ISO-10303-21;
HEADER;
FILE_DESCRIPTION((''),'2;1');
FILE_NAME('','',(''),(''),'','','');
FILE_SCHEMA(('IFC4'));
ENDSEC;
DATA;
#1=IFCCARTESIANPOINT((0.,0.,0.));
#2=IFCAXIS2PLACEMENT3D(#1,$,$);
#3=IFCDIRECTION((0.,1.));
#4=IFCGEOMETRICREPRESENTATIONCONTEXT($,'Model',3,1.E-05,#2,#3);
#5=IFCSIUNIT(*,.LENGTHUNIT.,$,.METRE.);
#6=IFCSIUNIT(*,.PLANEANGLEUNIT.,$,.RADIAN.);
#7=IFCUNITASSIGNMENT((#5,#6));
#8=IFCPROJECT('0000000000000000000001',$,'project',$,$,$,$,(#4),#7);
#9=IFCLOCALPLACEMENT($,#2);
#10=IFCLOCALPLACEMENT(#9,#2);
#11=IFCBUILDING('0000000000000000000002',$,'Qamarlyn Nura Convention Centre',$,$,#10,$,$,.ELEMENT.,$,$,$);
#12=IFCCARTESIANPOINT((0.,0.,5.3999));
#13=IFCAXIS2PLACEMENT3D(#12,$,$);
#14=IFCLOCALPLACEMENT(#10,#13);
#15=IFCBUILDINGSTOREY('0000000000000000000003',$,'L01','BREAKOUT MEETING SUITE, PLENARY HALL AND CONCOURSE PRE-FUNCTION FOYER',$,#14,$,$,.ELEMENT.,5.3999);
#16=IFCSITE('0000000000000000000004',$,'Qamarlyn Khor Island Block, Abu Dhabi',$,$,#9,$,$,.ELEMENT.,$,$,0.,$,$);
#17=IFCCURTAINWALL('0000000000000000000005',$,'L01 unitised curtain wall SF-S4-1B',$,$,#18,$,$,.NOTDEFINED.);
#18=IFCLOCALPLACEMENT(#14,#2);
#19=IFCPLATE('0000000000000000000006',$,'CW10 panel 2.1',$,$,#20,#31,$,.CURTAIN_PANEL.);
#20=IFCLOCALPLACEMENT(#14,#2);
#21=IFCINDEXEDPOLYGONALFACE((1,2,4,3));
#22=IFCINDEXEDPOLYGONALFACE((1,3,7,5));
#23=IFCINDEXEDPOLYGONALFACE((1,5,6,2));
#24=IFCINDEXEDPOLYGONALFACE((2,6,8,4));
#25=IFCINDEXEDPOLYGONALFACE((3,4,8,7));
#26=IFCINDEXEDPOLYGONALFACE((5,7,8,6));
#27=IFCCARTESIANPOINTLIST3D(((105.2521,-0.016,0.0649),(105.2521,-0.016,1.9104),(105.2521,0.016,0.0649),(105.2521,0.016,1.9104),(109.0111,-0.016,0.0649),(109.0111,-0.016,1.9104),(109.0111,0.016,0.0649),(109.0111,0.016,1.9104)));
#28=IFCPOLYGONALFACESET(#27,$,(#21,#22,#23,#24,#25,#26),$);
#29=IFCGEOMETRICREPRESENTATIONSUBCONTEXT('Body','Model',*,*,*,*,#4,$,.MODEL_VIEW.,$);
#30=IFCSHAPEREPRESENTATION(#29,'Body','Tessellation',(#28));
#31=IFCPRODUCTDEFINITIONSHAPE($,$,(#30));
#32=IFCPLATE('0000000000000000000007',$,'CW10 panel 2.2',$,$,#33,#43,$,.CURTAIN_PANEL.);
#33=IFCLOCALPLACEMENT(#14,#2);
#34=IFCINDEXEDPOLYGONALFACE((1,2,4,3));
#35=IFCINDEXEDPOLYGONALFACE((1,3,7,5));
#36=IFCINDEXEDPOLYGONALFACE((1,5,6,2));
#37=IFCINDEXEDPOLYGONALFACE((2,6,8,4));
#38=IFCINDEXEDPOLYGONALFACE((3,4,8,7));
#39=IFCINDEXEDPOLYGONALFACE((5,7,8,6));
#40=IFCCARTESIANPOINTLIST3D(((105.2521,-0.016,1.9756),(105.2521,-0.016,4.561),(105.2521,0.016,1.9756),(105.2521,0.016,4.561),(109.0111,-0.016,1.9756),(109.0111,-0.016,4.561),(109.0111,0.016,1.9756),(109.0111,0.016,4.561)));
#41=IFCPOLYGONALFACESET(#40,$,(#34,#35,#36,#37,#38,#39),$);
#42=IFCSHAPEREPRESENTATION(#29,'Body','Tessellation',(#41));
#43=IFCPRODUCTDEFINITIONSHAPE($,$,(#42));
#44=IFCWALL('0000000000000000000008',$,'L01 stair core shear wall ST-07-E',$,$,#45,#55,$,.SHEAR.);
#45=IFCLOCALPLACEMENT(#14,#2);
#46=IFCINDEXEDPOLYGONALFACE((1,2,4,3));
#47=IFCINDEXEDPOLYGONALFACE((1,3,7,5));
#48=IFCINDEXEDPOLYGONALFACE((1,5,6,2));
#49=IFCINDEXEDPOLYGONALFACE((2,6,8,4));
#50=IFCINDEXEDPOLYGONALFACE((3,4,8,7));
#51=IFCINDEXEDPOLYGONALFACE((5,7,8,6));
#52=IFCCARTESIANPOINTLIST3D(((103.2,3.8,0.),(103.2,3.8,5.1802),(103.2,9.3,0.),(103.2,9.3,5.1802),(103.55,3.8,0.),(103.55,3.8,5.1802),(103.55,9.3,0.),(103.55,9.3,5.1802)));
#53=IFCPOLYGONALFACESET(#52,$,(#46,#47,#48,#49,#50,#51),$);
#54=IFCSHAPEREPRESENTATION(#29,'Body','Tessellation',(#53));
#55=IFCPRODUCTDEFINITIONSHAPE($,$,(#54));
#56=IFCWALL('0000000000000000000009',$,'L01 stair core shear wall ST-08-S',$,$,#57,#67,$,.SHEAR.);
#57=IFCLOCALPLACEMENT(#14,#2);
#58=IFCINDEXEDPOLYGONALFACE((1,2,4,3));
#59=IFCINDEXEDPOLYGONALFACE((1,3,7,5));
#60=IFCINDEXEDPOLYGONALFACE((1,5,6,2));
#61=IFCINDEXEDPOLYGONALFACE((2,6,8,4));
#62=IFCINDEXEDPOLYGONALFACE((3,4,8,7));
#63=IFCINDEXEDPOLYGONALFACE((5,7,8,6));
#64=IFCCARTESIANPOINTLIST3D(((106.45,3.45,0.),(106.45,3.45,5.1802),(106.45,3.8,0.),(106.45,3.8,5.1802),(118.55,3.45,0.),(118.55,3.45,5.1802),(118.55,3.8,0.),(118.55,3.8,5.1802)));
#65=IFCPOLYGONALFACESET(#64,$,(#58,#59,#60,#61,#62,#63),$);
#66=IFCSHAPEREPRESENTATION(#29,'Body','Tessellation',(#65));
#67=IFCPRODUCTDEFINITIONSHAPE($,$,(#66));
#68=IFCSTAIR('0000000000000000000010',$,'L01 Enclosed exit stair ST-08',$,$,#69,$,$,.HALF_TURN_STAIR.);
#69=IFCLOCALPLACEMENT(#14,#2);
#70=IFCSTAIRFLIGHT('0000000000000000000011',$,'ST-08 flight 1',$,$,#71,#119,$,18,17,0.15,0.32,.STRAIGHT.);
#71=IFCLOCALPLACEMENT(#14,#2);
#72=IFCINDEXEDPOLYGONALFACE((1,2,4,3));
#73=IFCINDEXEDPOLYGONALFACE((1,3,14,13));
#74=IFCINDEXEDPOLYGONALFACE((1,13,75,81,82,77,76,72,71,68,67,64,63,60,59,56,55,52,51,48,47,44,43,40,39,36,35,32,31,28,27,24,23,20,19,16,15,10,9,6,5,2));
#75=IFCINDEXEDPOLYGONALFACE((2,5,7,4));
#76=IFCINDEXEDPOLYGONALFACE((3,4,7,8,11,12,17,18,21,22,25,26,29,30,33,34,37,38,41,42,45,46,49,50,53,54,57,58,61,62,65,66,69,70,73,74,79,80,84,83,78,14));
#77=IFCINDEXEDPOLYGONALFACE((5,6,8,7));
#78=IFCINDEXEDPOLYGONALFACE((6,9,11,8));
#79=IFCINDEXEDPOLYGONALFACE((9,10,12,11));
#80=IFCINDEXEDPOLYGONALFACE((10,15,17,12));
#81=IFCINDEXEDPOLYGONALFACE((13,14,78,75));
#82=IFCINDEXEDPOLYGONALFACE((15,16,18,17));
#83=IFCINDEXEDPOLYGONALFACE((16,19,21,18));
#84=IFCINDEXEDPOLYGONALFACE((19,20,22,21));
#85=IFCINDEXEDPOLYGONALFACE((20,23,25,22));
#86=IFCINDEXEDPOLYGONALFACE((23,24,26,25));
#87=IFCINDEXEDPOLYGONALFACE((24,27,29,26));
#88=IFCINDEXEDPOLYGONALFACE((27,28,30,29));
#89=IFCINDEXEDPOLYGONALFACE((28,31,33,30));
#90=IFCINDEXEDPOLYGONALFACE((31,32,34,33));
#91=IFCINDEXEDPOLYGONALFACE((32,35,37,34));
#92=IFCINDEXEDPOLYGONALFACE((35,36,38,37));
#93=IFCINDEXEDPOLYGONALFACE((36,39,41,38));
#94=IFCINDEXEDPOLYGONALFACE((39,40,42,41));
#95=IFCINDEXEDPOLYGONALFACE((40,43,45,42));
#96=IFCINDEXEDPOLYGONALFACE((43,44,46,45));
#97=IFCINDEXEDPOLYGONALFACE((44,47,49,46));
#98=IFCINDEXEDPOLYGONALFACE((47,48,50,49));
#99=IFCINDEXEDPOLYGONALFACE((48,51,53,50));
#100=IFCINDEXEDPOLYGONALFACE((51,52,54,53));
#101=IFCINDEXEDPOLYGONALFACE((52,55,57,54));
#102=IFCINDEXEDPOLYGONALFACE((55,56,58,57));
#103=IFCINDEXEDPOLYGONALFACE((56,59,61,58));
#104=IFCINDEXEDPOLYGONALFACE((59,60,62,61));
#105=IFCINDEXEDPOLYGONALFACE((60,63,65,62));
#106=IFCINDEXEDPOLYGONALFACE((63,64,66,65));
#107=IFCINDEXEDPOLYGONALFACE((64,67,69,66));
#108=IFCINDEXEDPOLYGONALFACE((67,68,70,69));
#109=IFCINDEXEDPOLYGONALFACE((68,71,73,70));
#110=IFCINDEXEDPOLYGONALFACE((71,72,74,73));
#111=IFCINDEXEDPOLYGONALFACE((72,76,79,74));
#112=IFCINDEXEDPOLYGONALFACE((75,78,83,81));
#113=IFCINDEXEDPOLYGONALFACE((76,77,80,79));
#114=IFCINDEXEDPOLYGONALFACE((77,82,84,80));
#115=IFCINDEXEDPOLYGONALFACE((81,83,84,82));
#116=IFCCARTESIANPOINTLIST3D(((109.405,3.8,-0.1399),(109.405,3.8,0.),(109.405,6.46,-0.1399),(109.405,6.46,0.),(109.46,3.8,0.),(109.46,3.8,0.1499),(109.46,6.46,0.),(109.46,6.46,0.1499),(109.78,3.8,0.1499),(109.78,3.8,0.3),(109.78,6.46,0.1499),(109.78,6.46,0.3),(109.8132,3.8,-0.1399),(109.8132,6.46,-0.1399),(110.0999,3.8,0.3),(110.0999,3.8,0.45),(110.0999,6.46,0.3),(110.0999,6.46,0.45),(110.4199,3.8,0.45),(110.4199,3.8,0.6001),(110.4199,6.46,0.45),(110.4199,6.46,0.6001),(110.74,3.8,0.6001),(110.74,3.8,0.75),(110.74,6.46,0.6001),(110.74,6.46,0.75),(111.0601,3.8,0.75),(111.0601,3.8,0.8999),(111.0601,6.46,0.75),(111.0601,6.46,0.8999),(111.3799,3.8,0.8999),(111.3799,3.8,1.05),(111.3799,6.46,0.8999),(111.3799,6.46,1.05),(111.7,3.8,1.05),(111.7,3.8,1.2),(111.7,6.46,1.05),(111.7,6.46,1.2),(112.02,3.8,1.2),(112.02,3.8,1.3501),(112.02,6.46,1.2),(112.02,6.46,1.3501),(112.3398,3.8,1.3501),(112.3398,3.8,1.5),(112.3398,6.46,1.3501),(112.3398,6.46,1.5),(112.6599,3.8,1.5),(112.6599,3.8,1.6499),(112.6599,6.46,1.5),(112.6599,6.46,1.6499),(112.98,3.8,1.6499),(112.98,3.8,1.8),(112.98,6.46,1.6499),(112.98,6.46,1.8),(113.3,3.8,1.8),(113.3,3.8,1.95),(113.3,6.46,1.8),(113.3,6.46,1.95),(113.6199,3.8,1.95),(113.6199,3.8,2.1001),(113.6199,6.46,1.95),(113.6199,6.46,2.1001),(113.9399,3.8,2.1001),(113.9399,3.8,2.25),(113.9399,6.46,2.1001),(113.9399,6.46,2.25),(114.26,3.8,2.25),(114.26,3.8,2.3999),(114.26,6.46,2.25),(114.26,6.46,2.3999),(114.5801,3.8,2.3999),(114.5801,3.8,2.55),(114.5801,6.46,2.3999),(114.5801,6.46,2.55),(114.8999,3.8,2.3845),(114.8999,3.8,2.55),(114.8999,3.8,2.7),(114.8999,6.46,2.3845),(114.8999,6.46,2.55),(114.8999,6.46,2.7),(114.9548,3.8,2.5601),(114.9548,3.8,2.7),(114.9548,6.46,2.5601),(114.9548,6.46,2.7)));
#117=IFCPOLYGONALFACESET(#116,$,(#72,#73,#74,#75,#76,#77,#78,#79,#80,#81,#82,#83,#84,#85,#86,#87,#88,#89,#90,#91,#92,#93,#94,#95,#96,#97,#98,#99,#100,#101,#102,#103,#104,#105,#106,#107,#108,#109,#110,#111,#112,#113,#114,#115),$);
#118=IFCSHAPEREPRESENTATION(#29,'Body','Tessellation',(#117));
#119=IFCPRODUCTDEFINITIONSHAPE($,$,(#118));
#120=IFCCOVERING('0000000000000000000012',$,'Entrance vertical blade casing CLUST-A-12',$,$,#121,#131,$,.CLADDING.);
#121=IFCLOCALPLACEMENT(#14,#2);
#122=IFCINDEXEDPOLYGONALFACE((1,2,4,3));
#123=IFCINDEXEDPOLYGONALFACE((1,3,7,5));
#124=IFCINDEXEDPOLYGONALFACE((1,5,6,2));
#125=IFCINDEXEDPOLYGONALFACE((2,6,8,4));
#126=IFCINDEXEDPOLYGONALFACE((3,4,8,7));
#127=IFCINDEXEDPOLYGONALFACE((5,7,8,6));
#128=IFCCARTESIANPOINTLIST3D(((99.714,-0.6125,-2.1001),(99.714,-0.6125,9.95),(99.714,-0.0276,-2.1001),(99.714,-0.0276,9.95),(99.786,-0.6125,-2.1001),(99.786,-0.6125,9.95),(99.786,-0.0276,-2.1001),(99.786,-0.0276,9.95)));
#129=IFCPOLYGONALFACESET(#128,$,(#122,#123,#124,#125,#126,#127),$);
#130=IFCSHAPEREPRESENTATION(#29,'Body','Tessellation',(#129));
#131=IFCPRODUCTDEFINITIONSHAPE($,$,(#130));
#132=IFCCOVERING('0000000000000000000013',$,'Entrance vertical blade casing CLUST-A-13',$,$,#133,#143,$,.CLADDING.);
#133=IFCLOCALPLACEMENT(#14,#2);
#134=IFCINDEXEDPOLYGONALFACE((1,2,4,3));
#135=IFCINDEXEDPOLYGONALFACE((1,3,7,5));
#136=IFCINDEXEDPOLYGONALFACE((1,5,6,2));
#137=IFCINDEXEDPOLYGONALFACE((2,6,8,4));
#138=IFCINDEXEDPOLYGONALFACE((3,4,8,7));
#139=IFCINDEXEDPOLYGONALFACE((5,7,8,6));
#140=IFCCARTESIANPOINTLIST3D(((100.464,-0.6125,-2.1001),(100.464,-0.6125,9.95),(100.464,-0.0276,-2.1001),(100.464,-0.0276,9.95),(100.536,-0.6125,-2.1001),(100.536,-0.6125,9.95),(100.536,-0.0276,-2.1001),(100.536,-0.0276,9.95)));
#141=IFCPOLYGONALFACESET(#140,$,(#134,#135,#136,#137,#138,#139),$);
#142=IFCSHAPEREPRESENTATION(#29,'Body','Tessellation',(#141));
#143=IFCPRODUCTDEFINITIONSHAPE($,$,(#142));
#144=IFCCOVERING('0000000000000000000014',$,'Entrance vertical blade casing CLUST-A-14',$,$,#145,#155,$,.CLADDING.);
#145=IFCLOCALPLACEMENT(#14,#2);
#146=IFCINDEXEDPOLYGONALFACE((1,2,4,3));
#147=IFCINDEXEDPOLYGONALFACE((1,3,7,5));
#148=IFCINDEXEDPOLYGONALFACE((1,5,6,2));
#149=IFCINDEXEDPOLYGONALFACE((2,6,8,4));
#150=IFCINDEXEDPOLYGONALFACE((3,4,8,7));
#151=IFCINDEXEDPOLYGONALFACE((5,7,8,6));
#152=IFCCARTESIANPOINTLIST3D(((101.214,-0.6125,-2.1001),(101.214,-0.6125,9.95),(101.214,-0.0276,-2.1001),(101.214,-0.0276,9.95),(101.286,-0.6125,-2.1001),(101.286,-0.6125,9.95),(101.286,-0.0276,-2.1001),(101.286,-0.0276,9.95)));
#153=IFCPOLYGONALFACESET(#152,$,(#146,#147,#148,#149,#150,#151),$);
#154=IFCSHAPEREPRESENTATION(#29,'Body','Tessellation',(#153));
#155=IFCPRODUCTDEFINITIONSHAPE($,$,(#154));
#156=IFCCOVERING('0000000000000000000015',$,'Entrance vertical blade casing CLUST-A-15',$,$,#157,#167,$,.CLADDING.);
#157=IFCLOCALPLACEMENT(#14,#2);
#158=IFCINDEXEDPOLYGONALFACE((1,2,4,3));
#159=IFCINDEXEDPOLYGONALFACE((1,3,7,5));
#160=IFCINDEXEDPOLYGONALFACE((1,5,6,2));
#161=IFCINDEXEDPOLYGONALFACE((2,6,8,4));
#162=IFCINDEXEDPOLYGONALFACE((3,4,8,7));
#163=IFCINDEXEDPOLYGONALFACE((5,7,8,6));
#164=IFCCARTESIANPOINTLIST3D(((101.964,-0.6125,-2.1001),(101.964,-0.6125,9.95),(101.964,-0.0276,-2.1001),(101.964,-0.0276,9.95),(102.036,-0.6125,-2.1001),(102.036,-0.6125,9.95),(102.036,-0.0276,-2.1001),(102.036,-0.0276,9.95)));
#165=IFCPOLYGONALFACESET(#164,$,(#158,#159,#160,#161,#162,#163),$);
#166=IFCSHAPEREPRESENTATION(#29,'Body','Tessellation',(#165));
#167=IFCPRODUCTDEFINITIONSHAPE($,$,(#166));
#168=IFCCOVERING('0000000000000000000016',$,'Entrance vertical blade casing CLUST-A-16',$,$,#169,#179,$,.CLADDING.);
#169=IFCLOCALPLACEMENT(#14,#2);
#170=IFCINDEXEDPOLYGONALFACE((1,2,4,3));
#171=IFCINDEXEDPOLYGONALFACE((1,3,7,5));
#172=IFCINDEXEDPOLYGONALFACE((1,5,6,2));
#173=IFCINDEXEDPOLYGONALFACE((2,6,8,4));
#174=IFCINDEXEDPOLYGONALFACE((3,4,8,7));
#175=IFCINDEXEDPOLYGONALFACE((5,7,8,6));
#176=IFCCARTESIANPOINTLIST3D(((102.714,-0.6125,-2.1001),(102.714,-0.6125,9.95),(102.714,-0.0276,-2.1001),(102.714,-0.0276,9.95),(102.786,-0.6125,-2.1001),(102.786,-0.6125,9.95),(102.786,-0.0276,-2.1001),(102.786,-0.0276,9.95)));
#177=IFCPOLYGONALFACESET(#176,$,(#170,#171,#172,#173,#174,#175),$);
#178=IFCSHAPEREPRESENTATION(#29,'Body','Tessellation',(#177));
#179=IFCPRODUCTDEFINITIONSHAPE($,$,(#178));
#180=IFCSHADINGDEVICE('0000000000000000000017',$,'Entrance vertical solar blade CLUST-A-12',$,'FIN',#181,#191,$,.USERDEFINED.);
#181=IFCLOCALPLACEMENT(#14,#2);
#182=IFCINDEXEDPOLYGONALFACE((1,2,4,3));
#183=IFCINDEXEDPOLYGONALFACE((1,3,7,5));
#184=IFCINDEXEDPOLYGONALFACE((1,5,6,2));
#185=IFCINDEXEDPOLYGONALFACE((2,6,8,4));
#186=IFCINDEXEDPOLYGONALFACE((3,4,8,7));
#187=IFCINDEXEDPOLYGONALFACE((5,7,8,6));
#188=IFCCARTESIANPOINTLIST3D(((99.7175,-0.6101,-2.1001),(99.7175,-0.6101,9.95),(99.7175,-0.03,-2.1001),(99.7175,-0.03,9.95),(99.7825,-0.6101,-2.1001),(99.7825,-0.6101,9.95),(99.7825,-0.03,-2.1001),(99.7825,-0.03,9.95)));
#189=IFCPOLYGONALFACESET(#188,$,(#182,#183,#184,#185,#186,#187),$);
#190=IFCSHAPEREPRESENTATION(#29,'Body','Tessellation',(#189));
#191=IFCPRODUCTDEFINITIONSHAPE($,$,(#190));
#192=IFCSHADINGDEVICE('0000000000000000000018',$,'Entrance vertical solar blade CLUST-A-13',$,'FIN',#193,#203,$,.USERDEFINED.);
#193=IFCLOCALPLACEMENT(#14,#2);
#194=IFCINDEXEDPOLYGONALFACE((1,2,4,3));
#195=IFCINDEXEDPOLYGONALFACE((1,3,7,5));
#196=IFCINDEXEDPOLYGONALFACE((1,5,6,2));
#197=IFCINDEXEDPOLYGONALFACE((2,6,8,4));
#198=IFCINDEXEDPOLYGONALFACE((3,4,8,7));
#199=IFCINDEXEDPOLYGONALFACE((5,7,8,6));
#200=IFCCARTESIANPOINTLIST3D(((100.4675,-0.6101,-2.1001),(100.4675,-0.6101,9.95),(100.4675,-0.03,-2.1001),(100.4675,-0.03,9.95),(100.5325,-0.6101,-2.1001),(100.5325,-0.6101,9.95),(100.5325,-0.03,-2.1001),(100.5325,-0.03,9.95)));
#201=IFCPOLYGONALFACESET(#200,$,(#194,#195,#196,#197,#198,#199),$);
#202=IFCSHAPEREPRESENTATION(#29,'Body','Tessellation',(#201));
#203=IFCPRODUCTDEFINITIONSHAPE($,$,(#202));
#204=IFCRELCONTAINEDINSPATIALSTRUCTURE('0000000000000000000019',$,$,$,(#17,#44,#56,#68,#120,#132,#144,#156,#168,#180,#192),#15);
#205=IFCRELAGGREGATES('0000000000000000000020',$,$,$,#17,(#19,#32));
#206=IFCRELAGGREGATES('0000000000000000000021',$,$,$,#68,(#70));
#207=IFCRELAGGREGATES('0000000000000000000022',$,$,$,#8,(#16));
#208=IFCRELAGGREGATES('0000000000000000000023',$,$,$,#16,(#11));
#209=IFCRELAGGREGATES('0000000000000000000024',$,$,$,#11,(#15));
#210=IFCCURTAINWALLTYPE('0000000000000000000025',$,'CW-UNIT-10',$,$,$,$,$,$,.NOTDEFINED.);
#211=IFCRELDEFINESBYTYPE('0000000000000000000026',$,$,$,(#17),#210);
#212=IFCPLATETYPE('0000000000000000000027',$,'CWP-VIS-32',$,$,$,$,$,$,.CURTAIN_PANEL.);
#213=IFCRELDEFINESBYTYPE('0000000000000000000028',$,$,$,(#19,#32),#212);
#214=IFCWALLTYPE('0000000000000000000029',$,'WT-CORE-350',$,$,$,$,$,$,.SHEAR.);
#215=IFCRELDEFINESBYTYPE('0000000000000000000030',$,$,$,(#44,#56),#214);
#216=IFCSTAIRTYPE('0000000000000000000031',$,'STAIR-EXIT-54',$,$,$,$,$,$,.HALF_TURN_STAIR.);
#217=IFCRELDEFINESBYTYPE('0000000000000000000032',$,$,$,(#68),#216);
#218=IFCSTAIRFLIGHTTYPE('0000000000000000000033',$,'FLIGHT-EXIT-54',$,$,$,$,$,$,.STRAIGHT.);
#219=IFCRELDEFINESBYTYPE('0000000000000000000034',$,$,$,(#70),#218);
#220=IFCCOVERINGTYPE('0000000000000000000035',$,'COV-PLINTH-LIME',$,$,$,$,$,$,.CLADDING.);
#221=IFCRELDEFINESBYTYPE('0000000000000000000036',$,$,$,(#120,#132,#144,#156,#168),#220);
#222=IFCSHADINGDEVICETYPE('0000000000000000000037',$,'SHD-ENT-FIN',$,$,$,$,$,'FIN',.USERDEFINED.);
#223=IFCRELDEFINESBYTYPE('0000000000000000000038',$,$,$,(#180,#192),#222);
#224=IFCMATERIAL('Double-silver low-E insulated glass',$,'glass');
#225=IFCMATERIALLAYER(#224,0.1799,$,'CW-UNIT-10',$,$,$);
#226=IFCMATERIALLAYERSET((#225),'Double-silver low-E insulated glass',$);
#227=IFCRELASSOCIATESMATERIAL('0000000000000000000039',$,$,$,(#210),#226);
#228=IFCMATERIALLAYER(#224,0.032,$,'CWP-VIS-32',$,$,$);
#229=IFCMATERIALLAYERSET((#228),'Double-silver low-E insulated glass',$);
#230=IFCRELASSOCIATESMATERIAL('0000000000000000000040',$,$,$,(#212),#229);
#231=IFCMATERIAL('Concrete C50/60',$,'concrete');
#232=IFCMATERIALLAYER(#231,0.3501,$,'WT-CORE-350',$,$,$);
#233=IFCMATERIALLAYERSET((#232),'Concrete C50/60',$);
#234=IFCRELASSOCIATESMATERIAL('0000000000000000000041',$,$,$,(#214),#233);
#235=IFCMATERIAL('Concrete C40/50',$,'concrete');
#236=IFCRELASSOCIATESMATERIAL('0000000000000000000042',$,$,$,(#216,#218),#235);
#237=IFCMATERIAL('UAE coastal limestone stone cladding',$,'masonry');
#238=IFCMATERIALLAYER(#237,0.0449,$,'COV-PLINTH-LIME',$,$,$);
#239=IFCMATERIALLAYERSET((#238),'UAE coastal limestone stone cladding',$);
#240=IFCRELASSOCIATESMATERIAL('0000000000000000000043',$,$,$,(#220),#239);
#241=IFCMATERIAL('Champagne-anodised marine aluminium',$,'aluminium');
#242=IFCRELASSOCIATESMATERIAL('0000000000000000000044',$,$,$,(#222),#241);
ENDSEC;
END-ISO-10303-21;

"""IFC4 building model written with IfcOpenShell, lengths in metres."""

from ifc_helpers import new_model, si_unit, direction, frame, frame_2d, origin, origin_2d, place, context, subcontext, project, spatial, polyline, rectangle, outline, extrude, material, layer, layer_set, type_object, element, aggregate, save


model = new_model("IFC4")

# Units and contexts
model_context = context("Model", 3, precision=1e-05, world=origin(), true_north=direction((0.0, 1.0)))
body_context = subcontext(model_context, "Body", "Model", "MODEL_VIEW")
ifc_project = project(units=[si_unit("LENGTHUNIT", "METRE"), si_unit("PLANEANGLEUNIT", "RADIAN")], contexts=[model_context])

# Site, building, storey
site_placement = place(None, origin())
site = spatial("IfcSite", under=ifc_project, at=site_placement, Name="Qamarlyn Khor Island Block, Abu Dhabi", CompositionType="ELEMENT", RefElevation=0.0)
building_placement = place(site_placement, origin())
building = spatial("IfcBuilding", under=site, at=building_placement, Name="Qamarlyn Nura Convention Centre", CompositionType="ELEMENT")
storey_placement = place(building_placement, frame((0.0, 0.0, 5.3999)))
storey = spatial("IfcBuildingStorey", under=building, at=storey_placement, Name="L01", Description="BREAKOUT MEETING SUITE, PLENARY HALL AND CONCOURSE PRE-FUNCTION FOYER", CompositionType="ELEMENT", Elevation=5.3999)

# Curtain wall
ifc_material_1 = material(Name="Double-silver low-E insulated glass", Category="glass")
ifc_material_2 = material(Name="Champagne-anodised marine aluminium", Category="aluminium")
ifc_layer_1 = layer(ifc_material_1, 0.1799, Name="CW-UNIT-10")
ifc_layer_set_1 = layer_set([ifc_layer_1], Name="Double-silver low-E insulated glass")
curtain_wall_type_1 = type_object("IfcCurtainWallType", Name="CW-UNIT-10", PredefinedType="NOTDEFINED", material=ifc_layer_set_1)
curtain_wall_1_placement = place(storey_placement, origin())
curtain_wall_1 = element("IfcCurtainWall", 1, at=curtain_wall_1_placement, inside=storey, type_object=curtain_wall_type_1, Name="L01 unitised curtain wall SF-S4-1B", PredefinedType="NOTDEFINED")

# Plates
ifc_layer_2 = layer(ifc_material_1, 0.032, Name="CWP-VIS-32")
ifc_layer_set_2 = layer_set([ifc_layer_2], Name="Double-silver low-E insulated glass")
plate_type_1 = type_object("IfcPlateType", Name="CWP-VIS-32", PredefinedType="CURTAIN_PANEL", material=ifc_layer_set_2)
plate_1_placement = place(storey_placement, frame((107.1316, 0.0, 0.0649), z_axis=(0.0, 0.0, 1.0), x_axis=(-1.0, 0.0, 0.0)))
plate_1 = element("IfcPlate", 2, at=plate_1_placement, type_object=plate_type_1, Name="CW10 panel 2.1", PredefinedType="CURTAIN_PANEL", context=body_context, shape_type="SweptSolid", body=[
    extrude(rectangle(XDim=3.759, YDim=0.032, at=origin_2d()), origin(), (0.0, 0.0, 1.0), 1.8455),
])
plate_2_placement = place(storey_placement, frame((107.1316, 0.0, 1.9756), z_axis=(0.0, 0.0, 1.0), x_axis=(-1.0, 0.0, 0.0)))
plate_2 = element("IfcPlate", 3, at=plate_2_placement, type_object=plate_type_1, Name="CW10 panel 2.2", PredefinedType="CURTAIN_PANEL", context=body_context, shape_type="SweptSolid", body=[
    extrude(rectangle(XDim=3.759, YDim=0.032, at=origin_2d()), origin(), (0.0, 0.0, 1.0), 2.5854),
])
aggregate(curtain_wall_1, [plate_1, plate_2])

# Walls
ifc_material_3 = material(Name="Concrete C50/60", Category="concrete")
ifc_layer_3 = layer(ifc_material_3, 0.3501, Name="WT-CORE-350")
ifc_layer_set_3 = layer_set([ifc_layer_3], Name="Concrete C50/60")
wall_type = type_object("IfcWallType", Name="WT-CORE-350", PredefinedType="SHEAR", material=ifc_layer_set_3)
wall_1_placement = place(storey_placement, frame((103.375, 3.8, 0.0), z_axis=(0.0, 0.0, 1.0), x_axis=(0.0, 1.0, 0.0)))
element("IfcWall", 4, at=wall_1_placement, inside=storey, type_object=wall_type, Name="L01 stair core shear wall ST-07-E", PredefinedType="SHEAR", context=body_context, shape_type="SweptSolid", body=[
    extrude(rectangle(XDim=5.5, YDim=0.3501, at=frame_2d((2.75, 0.0))), origin(), (0.0, 0.0, 1.0), 5.1802),
])
wall_2_placement = place(storey_placement, frame((106.45, 3.625, 0.0), z_axis=(0.0, 0.0, 1.0), x_axis=(1.0, 0.0, 0.0)))
element("IfcWall", 5, at=wall_2_placement, inside=storey, type_object=wall_type, Name="L01 stair core shear wall ST-08-S", PredefinedType="SHEAR", context=body_context, shape_type="SweptSolid", body=[
    extrude(rectangle(XDim=12.1001, YDim=0.3501, at=frame_2d((6.05, 0.0))), origin(), (0.0, 0.0, 1.0), 5.1802),
])

# Stair, stair flight
ifc_material_4 = material(Name="Concrete C40/50", Category="concrete")
stair_type = type_object("IfcStairType", Name="STAIR-EXIT-54", PredefinedType="HALF_TURN_STAIR", material=ifc_material_4)
stair_placement = place(storey_placement, origin())
stair = element("IfcStair", 6, at=stair_placement, inside=storey, type_object=stair_type, Name="L01 Enclosed exit stair ST-08", PredefinedType="HALF_TURN_STAIR")
stair_flight_type = type_object("IfcStairFlightType", Name="FLIGHT-EXIT-54", PredefinedType="STRAIGHT", material=ifc_material_4)
stair_flight_placement = place(storey_placement, frame((109.46, 5.1299, 0.0), z_axis=(0.0, 0.0, 1.0), x_axis=(1.0, 0.0, 0.0)))
stair_flight = element("IfcStairFlight", 7, at=stair_flight_placement, type_object=stair_flight_type, Name="ST-08 flight 1", NumberOfRisers=18, NumberOfTreads=17, PredefinedType="STRAIGHT", RiserHeight=0.15, TreadLength=0.32, context=body_context, shape_type="SweptSolid", body=[
    extrude(outline(polyline([(-0.0549, 0.0), (0.0, 0.0), (0.0, 0.1499), (0.3201, 0.1499), (0.3201, 0.3), (0.6399, 0.3), (0.6399, 0.45), (0.96, 0.45), (0.96, 0.6001), (1.28, 0.6001), (1.28, 0.75), (1.6001, 0.75), (1.6001, 0.8999), (1.9199, 0.8999), (1.9199, 1.05), (2.24, 1.05), (2.24, 1.2), (2.5601, 1.2), (2.5601, 1.3501), (2.8799, 1.3501), (2.8799, 1.5), (3.2, 1.5), (3.2, 1.6499), (3.52, 1.6499), (3.52, 1.8), (3.8401, 1.8), (3.8401, 1.95), (4.1599, 1.95), (4.1599, 2.1001), (4.48, 2.1001), (4.48, 2.25), (4.8, 2.25), (4.8, 2.3999), (5.1201, 2.3999), (5.1201, 2.55), (5.4399, 2.55), (5.4399, 2.7), (5.4949, 2.7), (5.4949, 2.5601), (5.4399, 2.3845), (0.3533, -0.1399), (-0.0549, -0.1399), (-0.0549, 0.0)])), frame((0.0, 1.3301, 0.0), z_axis=(0.0, -1.0, 0.0), x_axis=(1.0, 0.0, 0.0)), (0.0, 0.0, 1.0), 2.6599),
])
aggregate(stair, [stair_flight])

# Coverings
ifc_material_5 = material(Name="UAE coastal limestone stone cladding", Category="masonry")
ifc_layer_4 = layer(ifc_material_5, 0.0449, Name="COV-PLINTH-LIME")
ifc_layer_set_4 = layer_set([ifc_layer_4], Name="UAE coastal limestone stone cladding")
covering_type = type_object("IfcCoveringType", Name="COV-PLINTH-LIME", PredefinedType="CLADDING", material=ifc_layer_set_4)
for number, where, z_axis, x_axis, name in (
    (8, (99.75, -0.3201, -2.1001), (0.0, 0.0, 1.0), (0.0, -1.0, 0.0), "Entrance vertical blade casing CLUST-A-12"),
    (9, (100.5, -0.3201, -2.1001), (0.0, 0.0, 1.0), (0.0, -1.0, 0.0), "Entrance vertical blade casing CLUST-A-13"),
    (10, (101.25, -0.3201, -2.1001), (0.0, 0.0, 1.0), (0.0, -1.0, 0.0), "Entrance vertical blade casing CLUST-A-14"),
    (11, (102.0, -0.3201, -2.1001), (0.0, 0.0, 1.0), (0.0, -1.0, 0.0), "Entrance vertical blade casing CLUST-A-15"),
    (12, (102.75, -0.3201, -2.1001), (0.0, 0.0, 1.0), (0.0, -1.0, 0.0), "Entrance vertical blade casing CLUST-A-16"),
):
    element("IfcCovering", number, at=place(storey_placement, frame(where, z_axis=z_axis, x_axis=x_axis)), inside=storey, type_object=covering_type, Name=name, PredefinedType="CLADDING", context=body_context, shape_type="SweptSolid", body=[
        extrude(rectangle(XDim=0.585, YDim=0.072, at=origin_2d()), origin(), (0.0, 0.0, 1.0), 12.05),
    ])

# Shading devices
shading_device_type = type_object("IfcShadingDeviceType", Name="SHD-ENT-FIN", ElementType="FIN", PredefinedType="USERDEFINED", material=ifc_material_2)
for number, where, z_axis, x_axis, name in (
    (13, (99.75, -0.3201, -2.1001), (0.0, 0.0, 1.0), (0.0, -1.0, 0.0), "Entrance vertical solar blade CLUST-A-12"),
    (14, (100.5, -0.3201, -2.1001), (0.0, 0.0, 1.0), (0.0, -1.0, 0.0), "Entrance vertical solar blade CLUST-A-13"),
):
    element("IfcShadingDevice", number, at=place(storey_placement, frame(where, z_axis=z_axis, x_axis=x_axis)), inside=storey, type_object=shading_device_type, Name=name, ObjectType="FIN", PredefinedType="USERDEFINED", context=body_context, shape_type="SweptSolid", body=[
        extrude(rectangle(XDim=0.5801, YDim=0.0649, at=origin_2d()), origin(), (0.0, 0.0, 1.0), 12.05),
    ])

save(model, "model.ifc")
